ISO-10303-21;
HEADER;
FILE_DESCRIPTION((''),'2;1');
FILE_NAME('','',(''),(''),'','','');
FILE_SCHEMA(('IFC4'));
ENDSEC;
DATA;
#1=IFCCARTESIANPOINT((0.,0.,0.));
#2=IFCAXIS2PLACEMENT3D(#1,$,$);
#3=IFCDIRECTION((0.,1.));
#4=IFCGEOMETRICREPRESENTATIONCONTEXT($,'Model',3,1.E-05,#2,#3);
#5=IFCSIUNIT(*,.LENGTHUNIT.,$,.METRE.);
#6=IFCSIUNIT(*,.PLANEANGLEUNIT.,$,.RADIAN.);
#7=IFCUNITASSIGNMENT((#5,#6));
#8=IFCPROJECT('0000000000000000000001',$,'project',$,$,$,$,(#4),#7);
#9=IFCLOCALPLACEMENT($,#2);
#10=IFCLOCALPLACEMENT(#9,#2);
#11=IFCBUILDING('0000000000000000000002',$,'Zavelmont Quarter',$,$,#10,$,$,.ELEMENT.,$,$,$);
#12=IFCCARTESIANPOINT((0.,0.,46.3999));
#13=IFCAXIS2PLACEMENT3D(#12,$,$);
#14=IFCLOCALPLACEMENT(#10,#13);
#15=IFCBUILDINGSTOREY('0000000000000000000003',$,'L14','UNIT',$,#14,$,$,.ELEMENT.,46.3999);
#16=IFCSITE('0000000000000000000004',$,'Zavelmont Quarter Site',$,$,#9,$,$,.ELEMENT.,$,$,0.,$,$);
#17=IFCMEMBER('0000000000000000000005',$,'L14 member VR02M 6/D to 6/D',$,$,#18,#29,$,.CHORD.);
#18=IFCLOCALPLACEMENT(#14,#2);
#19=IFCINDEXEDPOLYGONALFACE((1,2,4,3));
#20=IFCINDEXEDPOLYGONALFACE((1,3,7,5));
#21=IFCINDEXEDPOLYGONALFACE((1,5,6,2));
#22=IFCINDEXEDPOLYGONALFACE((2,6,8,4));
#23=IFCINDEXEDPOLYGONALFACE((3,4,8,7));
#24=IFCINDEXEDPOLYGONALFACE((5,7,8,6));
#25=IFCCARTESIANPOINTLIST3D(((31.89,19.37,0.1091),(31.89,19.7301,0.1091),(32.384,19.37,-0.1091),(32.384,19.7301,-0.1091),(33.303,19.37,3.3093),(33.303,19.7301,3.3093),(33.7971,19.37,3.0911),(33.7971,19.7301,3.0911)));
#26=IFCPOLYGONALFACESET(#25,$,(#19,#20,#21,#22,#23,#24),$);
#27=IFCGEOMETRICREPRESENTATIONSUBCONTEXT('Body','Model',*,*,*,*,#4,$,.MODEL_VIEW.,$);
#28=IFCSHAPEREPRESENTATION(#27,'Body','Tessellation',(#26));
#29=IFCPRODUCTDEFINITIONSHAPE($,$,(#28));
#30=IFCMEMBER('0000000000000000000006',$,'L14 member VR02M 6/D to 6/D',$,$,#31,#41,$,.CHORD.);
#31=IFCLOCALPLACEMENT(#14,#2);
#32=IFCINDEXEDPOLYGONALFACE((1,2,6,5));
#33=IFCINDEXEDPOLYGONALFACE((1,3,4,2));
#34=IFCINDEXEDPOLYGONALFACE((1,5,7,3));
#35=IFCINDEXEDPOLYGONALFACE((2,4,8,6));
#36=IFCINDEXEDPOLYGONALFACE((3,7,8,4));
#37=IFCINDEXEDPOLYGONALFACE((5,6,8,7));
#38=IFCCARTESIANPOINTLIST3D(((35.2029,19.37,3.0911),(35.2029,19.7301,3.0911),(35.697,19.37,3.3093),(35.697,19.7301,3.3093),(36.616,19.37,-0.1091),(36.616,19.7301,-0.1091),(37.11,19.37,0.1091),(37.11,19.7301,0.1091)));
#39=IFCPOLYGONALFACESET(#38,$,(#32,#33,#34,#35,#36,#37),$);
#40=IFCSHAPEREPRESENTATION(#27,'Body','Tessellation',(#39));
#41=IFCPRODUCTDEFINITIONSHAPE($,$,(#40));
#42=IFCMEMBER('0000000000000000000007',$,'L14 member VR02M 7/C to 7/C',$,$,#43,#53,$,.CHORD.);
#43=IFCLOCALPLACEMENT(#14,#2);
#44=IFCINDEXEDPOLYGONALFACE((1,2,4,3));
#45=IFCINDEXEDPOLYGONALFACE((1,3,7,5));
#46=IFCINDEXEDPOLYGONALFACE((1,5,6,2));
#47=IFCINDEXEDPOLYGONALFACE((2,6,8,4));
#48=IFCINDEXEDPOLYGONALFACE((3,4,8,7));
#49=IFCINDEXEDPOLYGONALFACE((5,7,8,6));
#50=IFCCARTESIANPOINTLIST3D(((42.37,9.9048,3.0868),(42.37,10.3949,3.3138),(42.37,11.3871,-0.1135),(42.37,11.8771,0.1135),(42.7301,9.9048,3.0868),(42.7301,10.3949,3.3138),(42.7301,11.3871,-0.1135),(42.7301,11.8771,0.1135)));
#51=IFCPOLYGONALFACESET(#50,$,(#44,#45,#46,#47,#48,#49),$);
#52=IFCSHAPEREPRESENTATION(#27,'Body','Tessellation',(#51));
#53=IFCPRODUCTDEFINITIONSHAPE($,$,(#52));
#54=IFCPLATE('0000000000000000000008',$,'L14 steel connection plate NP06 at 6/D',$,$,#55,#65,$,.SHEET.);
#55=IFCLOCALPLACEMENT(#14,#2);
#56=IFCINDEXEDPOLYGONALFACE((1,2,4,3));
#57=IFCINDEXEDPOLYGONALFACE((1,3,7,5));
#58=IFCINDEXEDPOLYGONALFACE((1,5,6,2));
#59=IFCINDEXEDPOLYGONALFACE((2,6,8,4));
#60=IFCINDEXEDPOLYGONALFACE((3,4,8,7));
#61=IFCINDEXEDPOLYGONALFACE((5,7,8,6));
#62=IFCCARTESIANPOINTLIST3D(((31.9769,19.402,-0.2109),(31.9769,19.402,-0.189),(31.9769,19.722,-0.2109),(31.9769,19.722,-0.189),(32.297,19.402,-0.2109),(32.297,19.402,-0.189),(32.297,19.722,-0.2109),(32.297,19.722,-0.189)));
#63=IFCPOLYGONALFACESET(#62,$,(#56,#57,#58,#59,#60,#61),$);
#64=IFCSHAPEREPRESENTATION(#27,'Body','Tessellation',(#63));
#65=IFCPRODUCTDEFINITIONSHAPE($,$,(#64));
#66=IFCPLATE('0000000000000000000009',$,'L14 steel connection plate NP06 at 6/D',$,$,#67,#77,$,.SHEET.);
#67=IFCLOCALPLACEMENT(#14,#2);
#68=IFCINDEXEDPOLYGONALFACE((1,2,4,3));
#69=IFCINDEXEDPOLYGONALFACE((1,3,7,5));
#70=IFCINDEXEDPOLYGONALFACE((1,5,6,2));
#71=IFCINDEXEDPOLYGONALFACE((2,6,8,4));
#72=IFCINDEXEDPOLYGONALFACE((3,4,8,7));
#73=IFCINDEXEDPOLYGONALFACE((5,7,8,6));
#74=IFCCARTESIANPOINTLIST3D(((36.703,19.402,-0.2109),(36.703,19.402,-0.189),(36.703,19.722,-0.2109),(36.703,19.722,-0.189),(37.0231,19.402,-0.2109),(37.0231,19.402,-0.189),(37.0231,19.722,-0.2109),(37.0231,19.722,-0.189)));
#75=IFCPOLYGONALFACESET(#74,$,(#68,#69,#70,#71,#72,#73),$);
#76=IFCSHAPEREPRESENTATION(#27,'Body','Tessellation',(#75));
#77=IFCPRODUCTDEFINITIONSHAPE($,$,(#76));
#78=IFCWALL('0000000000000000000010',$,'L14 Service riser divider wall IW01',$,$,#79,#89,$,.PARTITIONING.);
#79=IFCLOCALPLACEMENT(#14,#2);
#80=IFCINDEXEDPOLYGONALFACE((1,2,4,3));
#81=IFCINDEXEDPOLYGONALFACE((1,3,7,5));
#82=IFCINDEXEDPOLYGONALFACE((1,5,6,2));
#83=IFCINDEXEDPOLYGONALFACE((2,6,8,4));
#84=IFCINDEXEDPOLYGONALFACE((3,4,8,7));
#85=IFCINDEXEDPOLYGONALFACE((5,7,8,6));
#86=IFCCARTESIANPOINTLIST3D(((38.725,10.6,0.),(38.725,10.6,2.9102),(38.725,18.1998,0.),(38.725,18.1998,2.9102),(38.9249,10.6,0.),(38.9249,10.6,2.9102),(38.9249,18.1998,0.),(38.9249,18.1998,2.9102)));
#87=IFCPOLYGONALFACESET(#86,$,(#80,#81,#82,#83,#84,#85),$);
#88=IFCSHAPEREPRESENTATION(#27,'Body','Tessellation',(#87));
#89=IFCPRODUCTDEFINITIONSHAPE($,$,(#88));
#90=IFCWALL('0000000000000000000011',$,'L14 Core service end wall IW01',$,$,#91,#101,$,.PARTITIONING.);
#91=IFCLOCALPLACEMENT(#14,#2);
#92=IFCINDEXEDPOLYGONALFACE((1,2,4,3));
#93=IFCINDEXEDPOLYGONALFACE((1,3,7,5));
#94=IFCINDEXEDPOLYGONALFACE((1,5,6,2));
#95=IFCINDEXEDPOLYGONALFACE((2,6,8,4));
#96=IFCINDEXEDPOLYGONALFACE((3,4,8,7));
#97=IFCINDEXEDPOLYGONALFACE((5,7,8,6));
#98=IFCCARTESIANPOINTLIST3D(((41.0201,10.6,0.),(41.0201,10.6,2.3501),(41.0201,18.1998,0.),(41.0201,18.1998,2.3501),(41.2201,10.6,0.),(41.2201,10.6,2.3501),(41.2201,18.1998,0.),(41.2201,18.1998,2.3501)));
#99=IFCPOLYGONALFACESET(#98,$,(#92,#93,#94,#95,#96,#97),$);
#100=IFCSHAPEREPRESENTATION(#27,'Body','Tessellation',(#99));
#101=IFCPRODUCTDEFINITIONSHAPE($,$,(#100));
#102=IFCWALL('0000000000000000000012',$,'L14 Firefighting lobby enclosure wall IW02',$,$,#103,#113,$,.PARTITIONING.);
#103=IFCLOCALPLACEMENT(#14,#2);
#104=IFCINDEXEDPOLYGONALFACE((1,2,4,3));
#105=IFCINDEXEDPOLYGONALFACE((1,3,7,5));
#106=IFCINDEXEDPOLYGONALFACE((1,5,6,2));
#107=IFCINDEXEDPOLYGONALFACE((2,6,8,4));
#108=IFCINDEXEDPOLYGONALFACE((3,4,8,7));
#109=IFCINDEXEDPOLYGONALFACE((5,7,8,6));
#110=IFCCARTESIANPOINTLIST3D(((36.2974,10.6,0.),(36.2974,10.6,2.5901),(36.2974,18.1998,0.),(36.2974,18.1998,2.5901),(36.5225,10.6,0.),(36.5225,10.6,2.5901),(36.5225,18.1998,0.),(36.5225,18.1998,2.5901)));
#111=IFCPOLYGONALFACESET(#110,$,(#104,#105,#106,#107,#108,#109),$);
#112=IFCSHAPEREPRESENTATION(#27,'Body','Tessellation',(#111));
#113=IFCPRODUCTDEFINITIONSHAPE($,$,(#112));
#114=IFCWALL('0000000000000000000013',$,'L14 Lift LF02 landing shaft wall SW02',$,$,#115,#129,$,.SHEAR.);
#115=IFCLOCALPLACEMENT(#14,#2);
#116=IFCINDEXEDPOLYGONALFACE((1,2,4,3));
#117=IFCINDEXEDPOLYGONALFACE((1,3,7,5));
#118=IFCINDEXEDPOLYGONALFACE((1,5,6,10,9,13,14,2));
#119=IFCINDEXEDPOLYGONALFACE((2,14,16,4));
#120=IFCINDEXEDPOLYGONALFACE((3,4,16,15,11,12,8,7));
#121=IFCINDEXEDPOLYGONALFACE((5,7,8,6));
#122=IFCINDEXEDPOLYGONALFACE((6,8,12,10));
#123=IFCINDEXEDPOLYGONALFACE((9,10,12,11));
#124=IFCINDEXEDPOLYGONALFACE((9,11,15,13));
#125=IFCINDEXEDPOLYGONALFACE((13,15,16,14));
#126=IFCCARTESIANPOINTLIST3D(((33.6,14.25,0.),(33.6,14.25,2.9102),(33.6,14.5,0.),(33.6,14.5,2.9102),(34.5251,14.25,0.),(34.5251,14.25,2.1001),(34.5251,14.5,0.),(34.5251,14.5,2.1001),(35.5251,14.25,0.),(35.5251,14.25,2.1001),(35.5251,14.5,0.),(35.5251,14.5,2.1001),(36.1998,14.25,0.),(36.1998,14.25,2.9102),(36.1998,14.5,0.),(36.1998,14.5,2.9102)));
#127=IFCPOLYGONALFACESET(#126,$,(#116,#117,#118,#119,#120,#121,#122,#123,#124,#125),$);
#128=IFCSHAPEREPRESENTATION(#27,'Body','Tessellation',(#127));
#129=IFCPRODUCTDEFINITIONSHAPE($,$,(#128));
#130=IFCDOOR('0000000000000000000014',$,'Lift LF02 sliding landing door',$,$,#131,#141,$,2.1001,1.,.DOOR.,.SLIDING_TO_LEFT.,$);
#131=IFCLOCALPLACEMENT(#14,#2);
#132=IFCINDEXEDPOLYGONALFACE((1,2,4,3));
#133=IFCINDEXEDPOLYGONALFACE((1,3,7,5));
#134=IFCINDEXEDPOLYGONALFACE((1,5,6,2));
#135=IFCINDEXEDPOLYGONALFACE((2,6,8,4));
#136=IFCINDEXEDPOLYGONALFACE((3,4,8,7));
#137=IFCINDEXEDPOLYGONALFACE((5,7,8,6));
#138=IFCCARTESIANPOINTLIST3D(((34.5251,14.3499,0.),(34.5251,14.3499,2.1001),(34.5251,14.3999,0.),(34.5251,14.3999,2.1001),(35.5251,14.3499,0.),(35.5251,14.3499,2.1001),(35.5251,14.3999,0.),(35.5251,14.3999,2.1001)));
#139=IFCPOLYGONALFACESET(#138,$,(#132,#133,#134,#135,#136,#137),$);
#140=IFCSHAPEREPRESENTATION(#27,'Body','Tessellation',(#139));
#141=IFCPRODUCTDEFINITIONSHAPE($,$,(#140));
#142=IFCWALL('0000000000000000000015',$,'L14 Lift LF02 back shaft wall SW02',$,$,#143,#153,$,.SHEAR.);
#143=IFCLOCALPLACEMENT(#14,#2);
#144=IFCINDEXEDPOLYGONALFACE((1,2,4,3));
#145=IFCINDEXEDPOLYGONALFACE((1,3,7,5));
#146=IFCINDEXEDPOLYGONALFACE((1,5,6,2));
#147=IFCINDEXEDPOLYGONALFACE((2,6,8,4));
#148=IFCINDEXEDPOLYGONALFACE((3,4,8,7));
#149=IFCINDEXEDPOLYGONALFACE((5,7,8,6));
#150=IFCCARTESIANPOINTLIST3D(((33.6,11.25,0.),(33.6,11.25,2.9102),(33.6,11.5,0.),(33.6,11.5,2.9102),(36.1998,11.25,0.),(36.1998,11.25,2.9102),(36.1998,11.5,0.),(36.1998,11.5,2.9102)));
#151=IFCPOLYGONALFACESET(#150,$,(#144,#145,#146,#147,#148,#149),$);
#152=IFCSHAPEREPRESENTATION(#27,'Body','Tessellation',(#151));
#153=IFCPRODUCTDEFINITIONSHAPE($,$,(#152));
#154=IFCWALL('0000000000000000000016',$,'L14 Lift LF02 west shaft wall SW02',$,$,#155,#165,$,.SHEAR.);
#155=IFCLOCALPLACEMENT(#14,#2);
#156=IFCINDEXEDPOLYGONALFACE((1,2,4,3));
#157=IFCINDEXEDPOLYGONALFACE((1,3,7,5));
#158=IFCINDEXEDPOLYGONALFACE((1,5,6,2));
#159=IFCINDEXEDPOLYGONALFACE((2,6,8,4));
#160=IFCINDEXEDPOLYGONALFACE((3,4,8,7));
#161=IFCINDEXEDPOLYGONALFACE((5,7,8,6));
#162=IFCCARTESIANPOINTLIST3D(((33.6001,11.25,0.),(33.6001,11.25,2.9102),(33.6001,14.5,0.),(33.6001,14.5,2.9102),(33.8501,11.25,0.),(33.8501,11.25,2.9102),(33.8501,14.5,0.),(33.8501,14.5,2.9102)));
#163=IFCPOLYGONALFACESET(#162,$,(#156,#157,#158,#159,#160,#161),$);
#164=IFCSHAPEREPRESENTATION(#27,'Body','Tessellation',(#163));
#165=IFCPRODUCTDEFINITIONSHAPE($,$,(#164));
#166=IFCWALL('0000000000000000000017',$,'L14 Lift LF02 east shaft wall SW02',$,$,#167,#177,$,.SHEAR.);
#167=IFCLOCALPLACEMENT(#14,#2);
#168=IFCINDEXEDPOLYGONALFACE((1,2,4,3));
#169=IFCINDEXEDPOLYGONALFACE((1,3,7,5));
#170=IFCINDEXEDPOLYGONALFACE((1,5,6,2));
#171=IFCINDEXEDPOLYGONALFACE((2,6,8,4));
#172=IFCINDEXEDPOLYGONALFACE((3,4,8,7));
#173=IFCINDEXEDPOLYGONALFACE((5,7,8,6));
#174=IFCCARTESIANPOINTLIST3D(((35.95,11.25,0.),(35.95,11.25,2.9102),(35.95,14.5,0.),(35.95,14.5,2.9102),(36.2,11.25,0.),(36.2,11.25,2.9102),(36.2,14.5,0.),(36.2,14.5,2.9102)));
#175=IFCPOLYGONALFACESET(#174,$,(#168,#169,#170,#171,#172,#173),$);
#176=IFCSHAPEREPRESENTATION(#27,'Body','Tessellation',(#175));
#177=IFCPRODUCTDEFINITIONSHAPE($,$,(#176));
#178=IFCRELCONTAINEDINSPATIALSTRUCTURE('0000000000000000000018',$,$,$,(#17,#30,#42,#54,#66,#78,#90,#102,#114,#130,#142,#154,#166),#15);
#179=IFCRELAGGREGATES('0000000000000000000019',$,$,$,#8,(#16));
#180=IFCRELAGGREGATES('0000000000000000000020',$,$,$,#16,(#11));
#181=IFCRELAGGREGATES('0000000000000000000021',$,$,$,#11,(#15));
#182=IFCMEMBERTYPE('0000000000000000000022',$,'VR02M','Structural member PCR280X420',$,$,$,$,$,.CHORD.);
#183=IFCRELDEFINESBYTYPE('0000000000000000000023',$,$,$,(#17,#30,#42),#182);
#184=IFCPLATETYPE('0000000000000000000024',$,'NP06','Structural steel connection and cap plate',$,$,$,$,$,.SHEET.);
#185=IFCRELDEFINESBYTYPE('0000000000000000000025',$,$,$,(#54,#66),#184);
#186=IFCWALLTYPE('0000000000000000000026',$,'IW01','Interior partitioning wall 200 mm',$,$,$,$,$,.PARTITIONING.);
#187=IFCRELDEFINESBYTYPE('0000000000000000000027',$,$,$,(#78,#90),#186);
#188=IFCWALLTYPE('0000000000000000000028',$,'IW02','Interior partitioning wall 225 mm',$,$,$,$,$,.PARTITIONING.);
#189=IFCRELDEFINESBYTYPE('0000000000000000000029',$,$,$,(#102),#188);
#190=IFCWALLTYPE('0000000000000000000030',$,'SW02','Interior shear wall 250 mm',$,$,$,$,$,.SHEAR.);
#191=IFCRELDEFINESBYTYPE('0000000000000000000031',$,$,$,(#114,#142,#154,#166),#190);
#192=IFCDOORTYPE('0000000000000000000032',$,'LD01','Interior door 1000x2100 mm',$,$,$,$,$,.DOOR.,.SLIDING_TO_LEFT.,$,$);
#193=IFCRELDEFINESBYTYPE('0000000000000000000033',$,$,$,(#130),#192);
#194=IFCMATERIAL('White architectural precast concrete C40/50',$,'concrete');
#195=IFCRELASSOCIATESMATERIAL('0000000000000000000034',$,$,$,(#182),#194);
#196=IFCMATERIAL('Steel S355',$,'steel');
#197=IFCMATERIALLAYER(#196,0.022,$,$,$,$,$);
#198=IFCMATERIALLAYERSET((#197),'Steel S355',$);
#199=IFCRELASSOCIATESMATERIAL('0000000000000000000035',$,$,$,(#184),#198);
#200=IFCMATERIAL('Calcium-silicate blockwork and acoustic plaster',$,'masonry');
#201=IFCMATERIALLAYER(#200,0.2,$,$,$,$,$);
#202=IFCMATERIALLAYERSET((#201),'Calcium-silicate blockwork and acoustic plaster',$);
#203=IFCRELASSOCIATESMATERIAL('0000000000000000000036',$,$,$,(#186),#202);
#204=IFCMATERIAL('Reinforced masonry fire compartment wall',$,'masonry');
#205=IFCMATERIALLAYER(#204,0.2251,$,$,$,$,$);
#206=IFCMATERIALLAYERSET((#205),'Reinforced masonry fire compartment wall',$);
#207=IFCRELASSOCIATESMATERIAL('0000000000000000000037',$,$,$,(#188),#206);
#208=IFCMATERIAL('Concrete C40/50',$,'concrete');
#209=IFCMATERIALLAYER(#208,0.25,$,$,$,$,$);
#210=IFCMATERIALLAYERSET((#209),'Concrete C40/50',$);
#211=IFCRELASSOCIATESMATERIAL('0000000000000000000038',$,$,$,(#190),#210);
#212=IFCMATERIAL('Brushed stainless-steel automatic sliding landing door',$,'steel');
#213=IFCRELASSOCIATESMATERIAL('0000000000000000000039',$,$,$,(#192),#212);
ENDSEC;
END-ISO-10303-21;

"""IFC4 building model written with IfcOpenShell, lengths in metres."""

from ifc_helpers import new_model, si_unit, direction, frame, frame_2d, origin, origin_with_axes, origin_2d, place, context, subcontext, project, spatial, rectangle, extrude, material, layer, layer_set, material_profile, profile_set, type_object, element, fill, save


model = new_model("IFC4")

# Units and contexts
model_context = context("Model", 3, precision=1e-05, world=origin(), true_north=direction((0.0, 1.0)))
body_context = subcontext(model_context, "Body", "Model", "MODEL_VIEW")
ifc_project = project(units=[si_unit("LENGTHUNIT", "METRE"), si_unit("PLANEANGLEUNIT", "RADIAN")], contexts=[model_context])

# Site, building, storey
site_placement = place(None, origin())
site = spatial("IfcSite", under=ifc_project, at=site_placement, Name="Zavelmont Quarter Site", CompositionType="ELEMENT", RefElevation=0.0)
building_placement = place(site_placement, origin())
building = spatial("IfcBuilding", under=site, at=building_placement, Name="Zavelmont Quarter", CompositionType="ELEMENT")
storey_placement = place(building_placement, frame((0.0, 0.0, 46.3999)))
storey = spatial("IfcBuildingStorey", under=building, at=storey_placement, Name="L14", Description="UNIT", CompositionType="ELEMENT", Elevation=46.3999)

# Shared definitions
ifc_material_1 = material(Name="Steel S355", Category="steel")
ifc_material_2 = material(Name="Concrete C40/50", Category="concrete")

# Members
ifc_material_3 = material(Name="White architectural precast concrete C40/50", Category="concrete")
ifc_material_profile_1 = material_profile(ifc_material_3, rectangle(XDim=0.3601, YDim=0.54, at=origin_2d()), Name="PCR280X420")
ifc_profile_set_1 = profile_set([ifc_material_profile_1], Name="White architectural precast concrete C40/50")
member_type = type_object("IfcMemberType", Name="VR02M", Description="Structural member PCR280X420", PredefinedType="CHORD", material=ifc_profile_set_1)
for number, where, z_axis, x_axis, name in (
    (1, (32.137, 19.55, 0.0), (0.403936, 0.0, 0.914787), (0.0, 1.0, 0.0), "L14 member VR02M 6/D to 6/D"),
    (2, (36.863, 19.55, 0.0), (-0.403936, 0.0, 0.914787), (0.0, -1.0, 0.0), "L14 member VR02M 6/D to 6/D"),
):
    element("IfcMember", number, at=place(storey_placement, frame(where, z_axis=z_axis, x_axis=x_axis)), inside=storey, type_object=member_type, Name=name, PredefinedType="CHORD", context=body_context, shape_type="SweptSolid", body=[
        extrude(rectangle(XDim=0.3601, YDim=0.54, at=origin_2d()), origin(), (0.0, 0.0, 1.0), 3.4983),
    ])
member_placement = place(storey_placement, frame((42.55, 11.6321, 0.0), z_axis=(0.0, -0.420265, 0.907401), x_axis=(1.0, 0.0, 0.0)))
element("IfcMember", 3, at=member_placement, inside=storey, type_object=member_type, Name="L14 member VR02M 7/C to 7/C", PredefinedType="CHORD", context=body_context, shape_type="SweptSolid", body=[
    extrude(rectangle(XDim=0.3601, YDim=0.54, at=origin_2d()), origin(), (0.0, 0.0, 1.0), 3.5269),
])

# Plates
ifc_layer_1 = layer(ifc_material_1, 0.022)
ifc_layer_set_1 = layer_set([ifc_layer_1], Name="Steel S355")
plate_type = type_object("IfcPlateType", Name="NP06", Description="Structural steel connection and cap plate", PredefinedType="SHEET", material=ifc_layer_set_1)
for number, where, z_axis, x_axis, name in (
    (4, (32.137, 19.562, -0.2109), (0.0, 0.0, 1.0), (1.0, 0.0, 0.0), "L14 steel connection plate NP06 at 6/D"),
    (5, (36.863, 19.562, -0.2109), (0.0, 0.0, 1.0), (1.0, 0.0, 0.0), "L14 steel connection plate NP06 at 6/D"),
):
    element("IfcPlate", number, at=place(storey_placement, frame(where, z_axis=z_axis, x_axis=x_axis)), inside=storey, type_object=plate_type, Name=name, PredefinedType="SHEET", context=body_context, shape_type="SweptSolid", body=[
        extrude(rectangle(XDim=0.3201, YDim=0.3201, at=origin_2d()), origin(), (0.0, 0.0, 1.0), 0.022),
    ])

# Walls
ifc_material_4 = material(Name="Calcium-silicate blockwork and acoustic plaster", Category="masonry")
ifc_layer_2 = layer(ifc_material_4, 0.2)
ifc_layer_set_2 = layer_set([ifc_layer_2], Name="Calcium-silicate blockwork and acoustic plaster")
wall_type_1 = type_object("IfcWallType", Name="IW01", Description="Interior partitioning wall 200 mm", PredefinedType="PARTITIONING", material=ifc_layer_set_2)
wall_1_placement = place(storey_placement, frame((38.825, 10.6001, 0.0), z_axis=(0.0, 0.0, 1.0), x_axis=(0.0, 1.0, 0.0)))
element("IfcWall", 6, at=wall_1_placement, inside=storey, type_object=wall_type_1, Name="L14 Service riser divider wall IW01", PredefinedType="PARTITIONING", context=body_context, shape_type="SweptSolid", body=[
    extrude(rectangle(XDim=7.5999, YDim=0.2, at=frame_2d((3.7998, 0.0))), origin(), (0.0, 0.0, 1.0), 2.9102),
])
wall_2_placement = place(storey_placement, frame((41.1201, 10.6001, 0.0), z_axis=(0.0, 0.0, 1.0), x_axis=(0.0, 1.0, 0.0)))
element("IfcWall", 7, at=wall_2_placement, inside=storey, type_object=wall_type_1, Name="L14 Core service end wall IW01", PredefinedType="PARTITIONING", context=body_context, shape_type="SweptSolid", body=[
    extrude(rectangle(XDim=7.5999, YDim=0.2, at=frame_2d((3.7998, 0.0))), origin(), (0.0, 0.0, 1.0), 2.3501),
])
ifc_material_5 = material(Name="Reinforced masonry fire compartment wall", Category="masonry")
ifc_layer_3 = layer(ifc_material_5, 0.2251)
ifc_layer_set_3 = layer_set([ifc_layer_3], Name="Reinforced masonry fire compartment wall")
wall_type_2 = type_object("IfcWallType", Name="IW02", Description="Interior partitioning wall 225 mm", PredefinedType="PARTITIONING", material=ifc_layer_set_3)
wall_3_placement = place(storey_placement, frame((36.4099, 10.6001, 0.0), z_axis=(0.0, 0.0, 1.0), x_axis=(0.0, 1.0, 0.0)))
element("IfcWall", 8, at=wall_3_placement, inside=storey, type_object=wall_type_2, Name="L14 Firefighting lobby enclosure wall IW02", PredefinedType="PARTITIONING", context=body_context, shape_type="SweptSolid", body=[
    extrude(rectangle(XDim=7.5999, YDim=0.2251, at=frame_2d((3.7998, 0.0))), origin(), (0.0, 0.0, 1.0), 2.5901),
])

# Wall, opening, door
ifc_layer_4 = layer(ifc_material_2, 0.25)
ifc_layer_set_4 = layer_set([ifc_layer_4], Name="Concrete C40/50")
wall_type_3 = type_object("IfcWallType", Name="SW02", Description="Interior shear wall 250 mm", PredefinedType="SHEAR", material=ifc_layer_set_4)
wall_4_placement = place(storey_placement, frame((33.6001, 14.375, 0.0), z_axis=(0.0, 0.0, 1.0), x_axis=(1.0, 0.0, 0.0)))
wall_4 = element("IfcWall", 9, at=wall_4_placement, inside=storey, type_object=wall_type_3, Name="L14 Lift LF02 landing shaft wall SW02", PredefinedType="SHEAR", context=body_context, shape_type="SweptSolid", body=[
    extrude(rectangle(XDim=2.5999, YDim=0.25, at=frame_2d((1.2998, 0.0))), origin(), (0.0, 0.0, 1.0), 2.9102),
])
opening_1_placement = place(wall_4_placement, frame((0.925, 0.0, 0.0)))
opening_1 = element("IfcOpeningElement", 10, at=opening_1_placement, cuts=wall_4, PredefinedType="OPENING", context=body_context, shape_type="SweptSolid", body=[
    extrude(rectangle(XDim=1.0, YDim=2.1001, at=frame_2d((0.5, 1.05))), frame((0.0, 0.137, 0.0), z_axis=(0.0, -1.0, 0.0), x_axis=(1.0, 0.0, 0.0)), (0.0, 0.0, 1.0), 0.2739),
])
ifc_material_6 = material(Name="Brushed stainless-steel automatic sliding landing door", Category="steel")
door_type_1 = type_object("IfcDoorType", Name="LD01", Description="Interior door 1000x2100 mm", OperationType="SLIDING_TO_LEFT", PredefinedType="DOOR", material=ifc_material_6)
door_1_placement = place(opening_1_placement, origin_with_axes())
door_1 = element("IfcDoor", 11, at=door_1_placement, inside=storey, type_object=door_type_1, Name="Lift LF02 sliding landing door", OperationType="SLIDING_TO_LEFT", OverallHeight=2.1001, OverallWidth=1.0, PredefinedType="DOOR", context=body_context, shape_type="SweptSolid", body=[
    extrude(rectangle(XDim=1.0, YDim=2.1001, at=frame_2d((0.5, 1.05))), frame((0.0, 0.0249, 0.0), z_axis=(0.0, -1.0, 0.0), x_axis=(1.0, 0.0, 0.0)), (0.0, 0.0, 1.0), 0.05),
])
fill(opening_1, door_1)

# Walls
wall_5_placement = place(storey_placement, frame((33.6001, 11.375, 0.0), z_axis=(0.0, 0.0, 1.0), x_axis=(1.0, 0.0, 0.0)))
element("IfcWall", 12, at=wall_5_placement, inside=storey, type_object=wall_type_3, Name="L14 Lift LF02 back shaft wall SW02", PredefinedType="SHEAR", context=body_context, shape_type="SweptSolid", body=[
    extrude(rectangle(XDim=2.5999, YDim=0.25, at=frame_2d((1.2998, 0.0))), origin(), (0.0, 0.0, 1.0), 2.9102),
])
for number, where, z_axis, x_axis, name in (
    (13, (33.7251, 11.25, 0.0), (0.0, 0.0, 1.0), (0.0, 1.0, 0.0), "L14 Lift LF02 west shaft wall SW02"),
    (14, (36.075, 11.25, 0.0), (0.0, 0.0, 1.0), (0.0, 1.0, 0.0), "L14 Lift LF02 east shaft wall SW02"),
):
    element("IfcWall", number, at=place(storey_placement, frame(where, z_axis=z_axis, x_axis=x_axis)), inside=storey, type_object=wall_type_3, Name=name, PredefinedType="SHEAR", context=body_context, shape_type="SweptSolid", body=[
        extrude(rectangle(XDim=3.25, YDim=0.25, at=frame_2d((1.625, 0.0))), origin(), (0.0, 0.0, 1.0), 2.9102),
    ])

save(model, "model.ifc")
